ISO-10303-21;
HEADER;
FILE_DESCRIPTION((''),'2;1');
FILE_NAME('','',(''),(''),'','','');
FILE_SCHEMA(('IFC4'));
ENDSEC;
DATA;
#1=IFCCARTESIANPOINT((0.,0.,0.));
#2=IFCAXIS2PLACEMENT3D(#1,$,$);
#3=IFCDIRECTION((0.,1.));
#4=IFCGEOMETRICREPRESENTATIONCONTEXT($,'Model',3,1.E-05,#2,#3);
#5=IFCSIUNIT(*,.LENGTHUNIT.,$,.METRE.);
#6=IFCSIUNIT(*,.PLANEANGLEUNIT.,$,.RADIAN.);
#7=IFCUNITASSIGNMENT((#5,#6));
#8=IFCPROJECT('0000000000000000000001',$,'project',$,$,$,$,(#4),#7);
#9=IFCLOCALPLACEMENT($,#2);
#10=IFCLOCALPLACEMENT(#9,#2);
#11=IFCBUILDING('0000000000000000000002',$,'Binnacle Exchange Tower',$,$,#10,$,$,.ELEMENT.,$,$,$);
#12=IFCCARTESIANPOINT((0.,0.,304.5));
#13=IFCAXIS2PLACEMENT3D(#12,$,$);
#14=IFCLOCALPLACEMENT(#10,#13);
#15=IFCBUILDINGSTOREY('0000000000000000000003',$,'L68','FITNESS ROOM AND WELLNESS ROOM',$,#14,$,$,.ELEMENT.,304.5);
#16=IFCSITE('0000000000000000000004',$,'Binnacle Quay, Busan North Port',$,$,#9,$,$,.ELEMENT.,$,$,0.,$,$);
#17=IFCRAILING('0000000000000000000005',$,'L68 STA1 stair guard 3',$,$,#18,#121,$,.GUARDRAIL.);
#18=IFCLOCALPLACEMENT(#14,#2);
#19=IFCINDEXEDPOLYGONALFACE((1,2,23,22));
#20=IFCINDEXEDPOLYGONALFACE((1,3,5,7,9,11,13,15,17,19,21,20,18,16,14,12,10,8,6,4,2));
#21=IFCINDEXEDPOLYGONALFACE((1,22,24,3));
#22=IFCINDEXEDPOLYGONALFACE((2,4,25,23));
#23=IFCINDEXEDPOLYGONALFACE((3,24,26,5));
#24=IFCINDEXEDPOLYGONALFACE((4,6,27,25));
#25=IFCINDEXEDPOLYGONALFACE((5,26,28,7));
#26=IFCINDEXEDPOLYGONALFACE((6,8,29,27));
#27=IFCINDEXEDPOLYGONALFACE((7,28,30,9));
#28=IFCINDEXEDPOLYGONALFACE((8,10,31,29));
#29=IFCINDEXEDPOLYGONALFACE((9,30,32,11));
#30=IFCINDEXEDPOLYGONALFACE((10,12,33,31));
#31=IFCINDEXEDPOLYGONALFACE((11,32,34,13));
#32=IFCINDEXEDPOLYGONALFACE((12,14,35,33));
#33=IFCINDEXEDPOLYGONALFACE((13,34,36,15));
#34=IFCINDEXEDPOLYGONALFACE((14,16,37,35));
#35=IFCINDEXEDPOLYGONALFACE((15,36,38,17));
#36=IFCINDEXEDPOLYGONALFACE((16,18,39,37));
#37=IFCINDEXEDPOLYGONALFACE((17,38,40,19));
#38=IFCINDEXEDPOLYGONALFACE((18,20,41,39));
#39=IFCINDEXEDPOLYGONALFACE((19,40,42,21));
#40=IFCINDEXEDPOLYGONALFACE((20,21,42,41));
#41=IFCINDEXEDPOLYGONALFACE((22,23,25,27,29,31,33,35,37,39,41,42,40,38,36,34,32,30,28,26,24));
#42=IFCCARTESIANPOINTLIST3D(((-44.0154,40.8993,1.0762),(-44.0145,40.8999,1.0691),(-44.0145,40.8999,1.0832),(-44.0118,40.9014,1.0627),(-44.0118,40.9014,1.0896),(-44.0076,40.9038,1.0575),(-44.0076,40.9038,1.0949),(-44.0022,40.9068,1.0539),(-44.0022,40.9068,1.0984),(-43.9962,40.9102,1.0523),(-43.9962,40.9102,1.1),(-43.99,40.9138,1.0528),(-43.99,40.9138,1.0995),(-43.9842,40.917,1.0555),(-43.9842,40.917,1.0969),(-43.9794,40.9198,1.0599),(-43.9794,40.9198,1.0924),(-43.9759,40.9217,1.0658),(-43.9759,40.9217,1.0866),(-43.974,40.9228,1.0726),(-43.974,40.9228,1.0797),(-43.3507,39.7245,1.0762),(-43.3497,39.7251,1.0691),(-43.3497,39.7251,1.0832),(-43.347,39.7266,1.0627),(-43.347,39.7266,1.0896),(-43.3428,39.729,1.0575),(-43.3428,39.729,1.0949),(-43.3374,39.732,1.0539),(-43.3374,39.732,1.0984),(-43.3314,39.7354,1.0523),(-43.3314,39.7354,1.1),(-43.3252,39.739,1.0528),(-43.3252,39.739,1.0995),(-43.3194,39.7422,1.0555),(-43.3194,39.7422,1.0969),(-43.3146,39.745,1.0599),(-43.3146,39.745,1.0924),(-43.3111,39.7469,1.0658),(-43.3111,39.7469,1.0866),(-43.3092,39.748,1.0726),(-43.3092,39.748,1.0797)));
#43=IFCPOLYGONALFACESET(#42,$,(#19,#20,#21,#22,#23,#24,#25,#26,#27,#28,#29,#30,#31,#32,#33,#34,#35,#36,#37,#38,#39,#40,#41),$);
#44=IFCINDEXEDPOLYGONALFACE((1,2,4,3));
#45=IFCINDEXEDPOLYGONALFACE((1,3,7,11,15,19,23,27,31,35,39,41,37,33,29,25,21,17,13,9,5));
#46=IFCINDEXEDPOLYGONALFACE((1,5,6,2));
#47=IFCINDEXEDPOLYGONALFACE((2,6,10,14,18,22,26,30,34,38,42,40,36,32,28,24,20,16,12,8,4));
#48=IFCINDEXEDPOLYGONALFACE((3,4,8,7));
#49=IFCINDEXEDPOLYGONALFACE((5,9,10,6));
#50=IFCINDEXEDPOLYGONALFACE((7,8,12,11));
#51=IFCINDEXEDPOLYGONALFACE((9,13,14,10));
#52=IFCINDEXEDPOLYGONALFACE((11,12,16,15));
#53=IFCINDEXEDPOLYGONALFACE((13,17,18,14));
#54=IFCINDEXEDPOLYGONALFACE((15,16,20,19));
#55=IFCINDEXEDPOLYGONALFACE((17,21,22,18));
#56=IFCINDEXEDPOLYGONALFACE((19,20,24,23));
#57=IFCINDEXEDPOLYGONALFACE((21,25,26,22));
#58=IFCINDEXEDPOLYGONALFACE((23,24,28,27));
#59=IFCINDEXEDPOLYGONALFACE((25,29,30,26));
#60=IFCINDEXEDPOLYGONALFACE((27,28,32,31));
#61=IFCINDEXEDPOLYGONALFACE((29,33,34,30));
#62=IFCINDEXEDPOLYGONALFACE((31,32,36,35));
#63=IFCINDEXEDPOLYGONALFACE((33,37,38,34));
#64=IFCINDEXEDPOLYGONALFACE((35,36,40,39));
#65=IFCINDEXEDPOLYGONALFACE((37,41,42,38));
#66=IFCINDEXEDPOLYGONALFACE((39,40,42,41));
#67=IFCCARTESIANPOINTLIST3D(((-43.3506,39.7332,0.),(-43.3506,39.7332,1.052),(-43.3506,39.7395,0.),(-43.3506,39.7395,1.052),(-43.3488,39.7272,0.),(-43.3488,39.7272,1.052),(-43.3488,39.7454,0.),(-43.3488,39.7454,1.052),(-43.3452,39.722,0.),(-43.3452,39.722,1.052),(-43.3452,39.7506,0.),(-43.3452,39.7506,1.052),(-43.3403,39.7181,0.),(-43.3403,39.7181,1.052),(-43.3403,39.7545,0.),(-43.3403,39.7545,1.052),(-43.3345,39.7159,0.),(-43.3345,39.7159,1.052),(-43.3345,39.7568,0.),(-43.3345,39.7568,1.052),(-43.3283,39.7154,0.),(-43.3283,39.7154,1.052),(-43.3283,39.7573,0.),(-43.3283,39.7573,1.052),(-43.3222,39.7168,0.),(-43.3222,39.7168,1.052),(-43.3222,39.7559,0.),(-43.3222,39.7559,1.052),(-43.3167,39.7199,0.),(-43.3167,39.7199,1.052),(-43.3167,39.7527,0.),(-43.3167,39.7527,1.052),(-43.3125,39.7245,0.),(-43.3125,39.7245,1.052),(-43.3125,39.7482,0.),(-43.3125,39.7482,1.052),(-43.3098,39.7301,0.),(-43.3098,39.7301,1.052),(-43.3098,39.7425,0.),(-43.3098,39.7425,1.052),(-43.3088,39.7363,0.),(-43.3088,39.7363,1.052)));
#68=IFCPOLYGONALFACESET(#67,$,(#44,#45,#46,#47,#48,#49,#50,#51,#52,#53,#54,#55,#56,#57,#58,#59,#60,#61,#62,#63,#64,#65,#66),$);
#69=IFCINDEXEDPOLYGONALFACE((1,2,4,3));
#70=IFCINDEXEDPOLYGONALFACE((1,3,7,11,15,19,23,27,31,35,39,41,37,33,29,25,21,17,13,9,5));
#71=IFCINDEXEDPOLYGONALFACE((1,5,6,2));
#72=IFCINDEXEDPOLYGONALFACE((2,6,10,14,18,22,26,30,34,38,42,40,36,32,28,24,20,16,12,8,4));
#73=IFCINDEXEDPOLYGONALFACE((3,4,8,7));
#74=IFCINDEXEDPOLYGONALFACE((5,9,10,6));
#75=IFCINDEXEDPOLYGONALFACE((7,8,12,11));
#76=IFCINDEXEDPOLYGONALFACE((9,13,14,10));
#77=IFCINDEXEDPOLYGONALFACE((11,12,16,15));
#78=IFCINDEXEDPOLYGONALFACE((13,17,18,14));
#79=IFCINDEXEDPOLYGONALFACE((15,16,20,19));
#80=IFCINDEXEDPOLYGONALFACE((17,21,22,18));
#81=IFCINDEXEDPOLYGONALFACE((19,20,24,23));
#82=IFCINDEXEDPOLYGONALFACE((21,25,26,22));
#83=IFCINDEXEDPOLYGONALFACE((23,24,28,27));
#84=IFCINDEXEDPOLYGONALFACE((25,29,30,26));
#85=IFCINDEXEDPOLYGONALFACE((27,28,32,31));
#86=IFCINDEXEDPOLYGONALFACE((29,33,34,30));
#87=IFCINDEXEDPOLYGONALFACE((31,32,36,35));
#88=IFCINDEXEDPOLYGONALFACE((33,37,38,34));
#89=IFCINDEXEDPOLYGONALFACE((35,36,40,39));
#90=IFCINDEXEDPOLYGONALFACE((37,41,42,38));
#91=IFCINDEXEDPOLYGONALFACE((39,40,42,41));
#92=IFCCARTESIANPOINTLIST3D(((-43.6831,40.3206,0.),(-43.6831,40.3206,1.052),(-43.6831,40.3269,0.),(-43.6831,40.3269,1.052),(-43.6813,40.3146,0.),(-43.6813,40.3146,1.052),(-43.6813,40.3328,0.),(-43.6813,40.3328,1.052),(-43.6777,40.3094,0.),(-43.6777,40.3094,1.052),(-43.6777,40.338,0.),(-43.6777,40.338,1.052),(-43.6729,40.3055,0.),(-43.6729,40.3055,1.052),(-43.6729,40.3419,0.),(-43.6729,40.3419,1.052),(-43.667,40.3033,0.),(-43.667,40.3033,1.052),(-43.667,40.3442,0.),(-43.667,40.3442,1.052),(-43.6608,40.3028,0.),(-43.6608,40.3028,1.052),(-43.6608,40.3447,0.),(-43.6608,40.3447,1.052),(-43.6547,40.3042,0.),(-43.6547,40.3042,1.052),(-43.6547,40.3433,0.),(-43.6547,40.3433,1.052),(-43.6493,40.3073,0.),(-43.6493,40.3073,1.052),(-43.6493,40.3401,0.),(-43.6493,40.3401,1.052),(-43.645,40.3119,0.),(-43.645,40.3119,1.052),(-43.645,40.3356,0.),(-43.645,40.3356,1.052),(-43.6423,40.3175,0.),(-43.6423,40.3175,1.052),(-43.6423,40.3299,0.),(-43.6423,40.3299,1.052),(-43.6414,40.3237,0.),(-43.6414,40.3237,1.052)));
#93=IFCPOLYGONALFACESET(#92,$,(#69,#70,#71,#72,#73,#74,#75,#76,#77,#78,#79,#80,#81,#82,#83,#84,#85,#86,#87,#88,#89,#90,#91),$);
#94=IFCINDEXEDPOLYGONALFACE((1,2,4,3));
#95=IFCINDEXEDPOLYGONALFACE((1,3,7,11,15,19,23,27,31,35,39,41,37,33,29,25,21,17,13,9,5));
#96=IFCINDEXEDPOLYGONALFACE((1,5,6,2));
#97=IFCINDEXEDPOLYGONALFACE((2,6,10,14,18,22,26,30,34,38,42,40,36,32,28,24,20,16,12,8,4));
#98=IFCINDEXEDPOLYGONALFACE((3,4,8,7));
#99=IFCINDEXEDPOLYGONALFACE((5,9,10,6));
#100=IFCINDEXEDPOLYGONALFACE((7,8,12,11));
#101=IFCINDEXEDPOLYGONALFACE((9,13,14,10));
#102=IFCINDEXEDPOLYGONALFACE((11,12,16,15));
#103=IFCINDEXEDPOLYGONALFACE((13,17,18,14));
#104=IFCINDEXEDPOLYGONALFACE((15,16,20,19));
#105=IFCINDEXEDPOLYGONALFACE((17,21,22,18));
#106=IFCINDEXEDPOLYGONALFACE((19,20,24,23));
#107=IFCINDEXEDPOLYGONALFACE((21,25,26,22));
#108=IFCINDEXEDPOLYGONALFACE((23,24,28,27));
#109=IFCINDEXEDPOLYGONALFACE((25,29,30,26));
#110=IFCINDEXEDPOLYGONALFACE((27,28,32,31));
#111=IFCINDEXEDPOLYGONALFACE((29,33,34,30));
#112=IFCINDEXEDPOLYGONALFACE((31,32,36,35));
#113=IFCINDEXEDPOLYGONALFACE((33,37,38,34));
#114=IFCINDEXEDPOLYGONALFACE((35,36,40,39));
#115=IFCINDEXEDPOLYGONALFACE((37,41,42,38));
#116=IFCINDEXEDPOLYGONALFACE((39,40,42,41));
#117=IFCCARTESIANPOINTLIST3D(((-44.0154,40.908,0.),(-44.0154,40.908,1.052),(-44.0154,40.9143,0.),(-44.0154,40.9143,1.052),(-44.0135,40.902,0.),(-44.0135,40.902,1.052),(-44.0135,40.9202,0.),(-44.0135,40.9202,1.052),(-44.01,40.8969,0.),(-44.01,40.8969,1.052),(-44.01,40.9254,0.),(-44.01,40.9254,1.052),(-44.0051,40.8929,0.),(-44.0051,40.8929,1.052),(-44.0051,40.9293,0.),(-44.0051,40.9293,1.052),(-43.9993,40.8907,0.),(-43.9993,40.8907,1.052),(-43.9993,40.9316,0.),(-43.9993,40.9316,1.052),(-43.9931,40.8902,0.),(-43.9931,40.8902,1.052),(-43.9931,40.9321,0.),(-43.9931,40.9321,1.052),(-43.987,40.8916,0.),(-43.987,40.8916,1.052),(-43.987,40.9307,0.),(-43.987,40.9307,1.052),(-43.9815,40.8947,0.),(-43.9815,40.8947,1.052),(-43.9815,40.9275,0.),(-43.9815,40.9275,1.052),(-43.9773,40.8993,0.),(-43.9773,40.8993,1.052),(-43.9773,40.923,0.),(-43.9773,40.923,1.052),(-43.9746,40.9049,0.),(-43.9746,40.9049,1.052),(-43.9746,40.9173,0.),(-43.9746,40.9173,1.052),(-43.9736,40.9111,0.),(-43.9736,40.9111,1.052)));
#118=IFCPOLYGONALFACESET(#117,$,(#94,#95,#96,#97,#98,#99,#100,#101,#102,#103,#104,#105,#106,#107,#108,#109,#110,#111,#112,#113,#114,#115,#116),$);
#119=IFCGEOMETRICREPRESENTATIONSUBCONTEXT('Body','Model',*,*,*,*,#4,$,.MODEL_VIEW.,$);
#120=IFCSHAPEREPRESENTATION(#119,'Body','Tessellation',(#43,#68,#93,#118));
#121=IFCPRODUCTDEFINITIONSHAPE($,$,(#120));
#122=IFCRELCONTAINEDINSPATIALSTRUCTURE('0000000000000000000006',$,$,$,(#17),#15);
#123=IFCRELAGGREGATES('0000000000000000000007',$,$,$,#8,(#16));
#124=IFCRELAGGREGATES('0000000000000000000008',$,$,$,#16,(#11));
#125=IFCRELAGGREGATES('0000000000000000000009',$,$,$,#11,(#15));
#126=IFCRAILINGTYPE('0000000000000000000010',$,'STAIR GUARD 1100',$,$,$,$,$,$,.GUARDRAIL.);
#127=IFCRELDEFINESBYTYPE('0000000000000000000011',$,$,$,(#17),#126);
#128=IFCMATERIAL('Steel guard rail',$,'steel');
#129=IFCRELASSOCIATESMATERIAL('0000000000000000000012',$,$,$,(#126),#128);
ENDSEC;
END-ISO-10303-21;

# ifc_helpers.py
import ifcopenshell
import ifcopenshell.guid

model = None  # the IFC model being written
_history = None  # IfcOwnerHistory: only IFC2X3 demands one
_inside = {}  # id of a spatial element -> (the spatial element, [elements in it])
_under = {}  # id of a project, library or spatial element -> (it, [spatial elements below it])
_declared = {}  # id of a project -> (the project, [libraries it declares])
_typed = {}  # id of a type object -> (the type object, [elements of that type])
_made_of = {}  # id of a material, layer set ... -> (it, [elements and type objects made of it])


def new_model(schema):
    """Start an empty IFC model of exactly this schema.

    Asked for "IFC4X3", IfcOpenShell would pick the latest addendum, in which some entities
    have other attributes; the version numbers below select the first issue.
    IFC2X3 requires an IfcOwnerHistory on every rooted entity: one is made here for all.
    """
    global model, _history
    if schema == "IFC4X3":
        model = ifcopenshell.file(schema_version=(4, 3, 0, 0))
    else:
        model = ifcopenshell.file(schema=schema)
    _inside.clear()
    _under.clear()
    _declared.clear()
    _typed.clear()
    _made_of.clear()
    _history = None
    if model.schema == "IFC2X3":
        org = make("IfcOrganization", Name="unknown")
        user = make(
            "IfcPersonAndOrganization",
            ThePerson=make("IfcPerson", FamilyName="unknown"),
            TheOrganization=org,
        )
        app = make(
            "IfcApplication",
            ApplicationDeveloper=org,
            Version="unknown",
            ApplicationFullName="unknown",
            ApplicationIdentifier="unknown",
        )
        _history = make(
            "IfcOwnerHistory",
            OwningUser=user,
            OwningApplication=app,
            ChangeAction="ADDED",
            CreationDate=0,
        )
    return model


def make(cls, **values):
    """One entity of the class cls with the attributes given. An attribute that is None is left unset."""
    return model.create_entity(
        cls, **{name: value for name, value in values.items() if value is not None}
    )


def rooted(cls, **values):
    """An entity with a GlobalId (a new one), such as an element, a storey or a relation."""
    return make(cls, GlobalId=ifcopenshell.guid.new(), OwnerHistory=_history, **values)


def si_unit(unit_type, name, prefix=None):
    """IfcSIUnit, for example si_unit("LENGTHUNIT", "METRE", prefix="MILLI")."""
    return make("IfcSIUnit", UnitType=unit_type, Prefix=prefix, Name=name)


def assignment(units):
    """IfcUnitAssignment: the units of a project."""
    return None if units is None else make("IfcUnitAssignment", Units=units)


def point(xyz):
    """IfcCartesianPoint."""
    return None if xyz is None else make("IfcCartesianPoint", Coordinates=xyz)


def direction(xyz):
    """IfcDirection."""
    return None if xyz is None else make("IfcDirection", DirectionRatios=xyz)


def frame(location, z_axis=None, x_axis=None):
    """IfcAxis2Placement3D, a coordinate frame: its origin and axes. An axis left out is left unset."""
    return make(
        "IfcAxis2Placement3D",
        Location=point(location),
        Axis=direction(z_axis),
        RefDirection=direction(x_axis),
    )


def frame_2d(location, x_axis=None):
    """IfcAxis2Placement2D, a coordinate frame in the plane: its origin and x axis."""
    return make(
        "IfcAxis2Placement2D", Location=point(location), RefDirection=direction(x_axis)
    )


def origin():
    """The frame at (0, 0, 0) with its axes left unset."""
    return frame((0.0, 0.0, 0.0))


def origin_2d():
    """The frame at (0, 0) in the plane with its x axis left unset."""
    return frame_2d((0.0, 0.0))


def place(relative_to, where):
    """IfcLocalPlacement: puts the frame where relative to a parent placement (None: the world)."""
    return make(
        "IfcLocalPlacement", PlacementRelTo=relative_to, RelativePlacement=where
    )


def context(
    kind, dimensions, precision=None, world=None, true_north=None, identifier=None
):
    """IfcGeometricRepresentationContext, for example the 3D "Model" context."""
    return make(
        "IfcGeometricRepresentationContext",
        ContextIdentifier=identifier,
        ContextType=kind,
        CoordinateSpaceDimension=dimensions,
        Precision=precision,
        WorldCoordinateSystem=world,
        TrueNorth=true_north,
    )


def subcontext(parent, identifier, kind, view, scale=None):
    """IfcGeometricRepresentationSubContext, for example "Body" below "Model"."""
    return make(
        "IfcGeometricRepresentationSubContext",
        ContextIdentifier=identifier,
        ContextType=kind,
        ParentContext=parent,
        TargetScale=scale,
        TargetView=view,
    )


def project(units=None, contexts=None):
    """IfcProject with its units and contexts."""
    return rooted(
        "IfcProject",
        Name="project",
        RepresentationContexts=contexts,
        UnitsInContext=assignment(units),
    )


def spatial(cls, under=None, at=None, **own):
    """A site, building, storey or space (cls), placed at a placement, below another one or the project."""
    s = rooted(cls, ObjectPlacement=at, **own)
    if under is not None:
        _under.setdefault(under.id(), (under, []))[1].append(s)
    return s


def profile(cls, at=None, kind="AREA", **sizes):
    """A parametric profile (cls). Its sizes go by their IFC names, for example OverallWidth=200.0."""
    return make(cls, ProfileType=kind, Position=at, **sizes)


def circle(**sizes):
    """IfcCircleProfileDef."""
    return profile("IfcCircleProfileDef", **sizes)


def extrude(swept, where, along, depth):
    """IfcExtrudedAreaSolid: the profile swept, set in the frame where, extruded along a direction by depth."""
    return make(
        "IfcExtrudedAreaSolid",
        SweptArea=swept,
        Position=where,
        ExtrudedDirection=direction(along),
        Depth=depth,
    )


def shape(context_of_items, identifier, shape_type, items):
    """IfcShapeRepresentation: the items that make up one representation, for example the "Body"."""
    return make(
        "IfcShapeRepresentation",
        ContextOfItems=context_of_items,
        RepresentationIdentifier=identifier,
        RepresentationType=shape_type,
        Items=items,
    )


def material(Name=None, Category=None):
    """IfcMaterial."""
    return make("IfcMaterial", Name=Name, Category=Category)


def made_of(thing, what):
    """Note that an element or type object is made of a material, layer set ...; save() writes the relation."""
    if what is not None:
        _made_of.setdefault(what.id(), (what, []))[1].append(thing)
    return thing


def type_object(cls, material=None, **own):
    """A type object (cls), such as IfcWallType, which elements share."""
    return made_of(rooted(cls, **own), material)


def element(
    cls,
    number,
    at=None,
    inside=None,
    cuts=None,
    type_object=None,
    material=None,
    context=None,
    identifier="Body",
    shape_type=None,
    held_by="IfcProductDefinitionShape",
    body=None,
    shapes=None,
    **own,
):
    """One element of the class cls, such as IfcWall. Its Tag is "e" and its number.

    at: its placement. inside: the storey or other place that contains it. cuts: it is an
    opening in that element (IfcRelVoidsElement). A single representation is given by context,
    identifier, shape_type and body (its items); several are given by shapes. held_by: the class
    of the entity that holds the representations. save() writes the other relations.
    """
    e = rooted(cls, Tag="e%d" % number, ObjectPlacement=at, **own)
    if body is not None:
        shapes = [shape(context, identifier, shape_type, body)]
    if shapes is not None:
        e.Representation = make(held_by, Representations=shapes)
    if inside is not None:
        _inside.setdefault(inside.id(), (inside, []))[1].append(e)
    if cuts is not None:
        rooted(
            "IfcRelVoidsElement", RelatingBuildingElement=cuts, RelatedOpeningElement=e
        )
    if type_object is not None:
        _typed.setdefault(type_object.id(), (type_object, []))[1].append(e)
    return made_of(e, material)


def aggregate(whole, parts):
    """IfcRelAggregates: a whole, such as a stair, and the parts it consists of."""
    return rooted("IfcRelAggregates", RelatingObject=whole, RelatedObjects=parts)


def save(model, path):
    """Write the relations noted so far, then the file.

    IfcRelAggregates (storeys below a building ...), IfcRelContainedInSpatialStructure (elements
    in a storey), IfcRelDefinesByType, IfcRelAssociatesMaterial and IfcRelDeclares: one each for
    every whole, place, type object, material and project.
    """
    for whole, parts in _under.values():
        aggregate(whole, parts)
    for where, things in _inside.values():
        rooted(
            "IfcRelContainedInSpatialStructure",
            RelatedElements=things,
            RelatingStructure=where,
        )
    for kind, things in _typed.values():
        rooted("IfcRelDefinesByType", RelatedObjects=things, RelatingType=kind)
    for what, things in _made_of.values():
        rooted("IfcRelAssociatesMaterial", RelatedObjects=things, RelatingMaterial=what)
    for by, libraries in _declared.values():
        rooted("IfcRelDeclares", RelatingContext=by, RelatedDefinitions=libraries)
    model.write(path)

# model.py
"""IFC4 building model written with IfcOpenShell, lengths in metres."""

from ifc_helpers import new_model, si_unit, direction, frame, origin, origin_2d, place, context, subcontext, project, spatial, circle, extrude, material, type_object, element, save


model = new_model("IFC4")

# Units and contexts
model_context = context("Model", 3, precision=1e-05, world=origin(), true_north=direction((0.0, 1.0)))
body_context = subcontext(model_context, "Body", "Model", "MODEL_VIEW")
ifc_project = project(units=[si_unit("LENGTHUNIT", "METRE"), si_unit("PLANEANGLEUNIT", "RADIAN")], contexts=[model_context])

# Site, building, storey
site_placement = place(None, origin())
site = spatial("IfcSite", under=ifc_project, at=site_placement, Name="Binnacle Quay, Busan North Port", CompositionType="ELEMENT", RefElevation=0.0)
building_placement = place(site_placement, origin())
building = spatial("IfcBuilding", under=site, at=building_placement, Name="Binnacle Exchange Tower", CompositionType="ELEMENT")
storey_placement = place(building_placement, frame((0.0, 0.0, 304.5)))
storey = spatial("IfcBuildingStorey", under=building, at=storey_placement, Name="L68", Description="FITNESS ROOM AND WELLNESS ROOM", CompositionType="ELEMENT", Elevation=304.5)

# Railing
ifc_material_1 = material(Name="Steel guard rail", Category="steel")
railing_type_1 = type_object("IfcRailingType", Name="STAIR GUARD 1100", PredefinedType="GUARDRAIL", material=ifc_material_1)
railing_1_placement = place(storey_placement, frame((-43.3298, 39.7363, 0.0)))
element("IfcRailing", 1, at=railing_1_placement, inside=storey, type_object=railing_type_1, Name="L68 STA1 stair guard 3", PredefinedType="GUARDRAIL", context=body_context, shape_type="SweptSolid", body=[
    extrude(circle(Radius=0.0239, at=origin_2d()), frame((0.0, 0.0, 1.0762), z_axis=(-0.492492, 0.870317, 0.0), x_axis=(-0.870317, -0.492492, 0.0)), (0.0, 0.0, 1.0), 1.3499),
    extrude(circle(Radius=0.021, at=origin_2d()), origin(), (0.0, 0.0, 1.0), 1.052),
    extrude(circle(Radius=0.021, at=origin_2d()), frame((-0.3325, 0.5874, 0.0)), (0.0, 0.0, 1.0), 1.052),
    extrude(circle(Radius=0.021, at=origin_2d()), frame((-0.6648, 1.1748, 0.0)), (0.0, 0.0, 1.0), 1.052),
])

save(model, "model.ifc")
